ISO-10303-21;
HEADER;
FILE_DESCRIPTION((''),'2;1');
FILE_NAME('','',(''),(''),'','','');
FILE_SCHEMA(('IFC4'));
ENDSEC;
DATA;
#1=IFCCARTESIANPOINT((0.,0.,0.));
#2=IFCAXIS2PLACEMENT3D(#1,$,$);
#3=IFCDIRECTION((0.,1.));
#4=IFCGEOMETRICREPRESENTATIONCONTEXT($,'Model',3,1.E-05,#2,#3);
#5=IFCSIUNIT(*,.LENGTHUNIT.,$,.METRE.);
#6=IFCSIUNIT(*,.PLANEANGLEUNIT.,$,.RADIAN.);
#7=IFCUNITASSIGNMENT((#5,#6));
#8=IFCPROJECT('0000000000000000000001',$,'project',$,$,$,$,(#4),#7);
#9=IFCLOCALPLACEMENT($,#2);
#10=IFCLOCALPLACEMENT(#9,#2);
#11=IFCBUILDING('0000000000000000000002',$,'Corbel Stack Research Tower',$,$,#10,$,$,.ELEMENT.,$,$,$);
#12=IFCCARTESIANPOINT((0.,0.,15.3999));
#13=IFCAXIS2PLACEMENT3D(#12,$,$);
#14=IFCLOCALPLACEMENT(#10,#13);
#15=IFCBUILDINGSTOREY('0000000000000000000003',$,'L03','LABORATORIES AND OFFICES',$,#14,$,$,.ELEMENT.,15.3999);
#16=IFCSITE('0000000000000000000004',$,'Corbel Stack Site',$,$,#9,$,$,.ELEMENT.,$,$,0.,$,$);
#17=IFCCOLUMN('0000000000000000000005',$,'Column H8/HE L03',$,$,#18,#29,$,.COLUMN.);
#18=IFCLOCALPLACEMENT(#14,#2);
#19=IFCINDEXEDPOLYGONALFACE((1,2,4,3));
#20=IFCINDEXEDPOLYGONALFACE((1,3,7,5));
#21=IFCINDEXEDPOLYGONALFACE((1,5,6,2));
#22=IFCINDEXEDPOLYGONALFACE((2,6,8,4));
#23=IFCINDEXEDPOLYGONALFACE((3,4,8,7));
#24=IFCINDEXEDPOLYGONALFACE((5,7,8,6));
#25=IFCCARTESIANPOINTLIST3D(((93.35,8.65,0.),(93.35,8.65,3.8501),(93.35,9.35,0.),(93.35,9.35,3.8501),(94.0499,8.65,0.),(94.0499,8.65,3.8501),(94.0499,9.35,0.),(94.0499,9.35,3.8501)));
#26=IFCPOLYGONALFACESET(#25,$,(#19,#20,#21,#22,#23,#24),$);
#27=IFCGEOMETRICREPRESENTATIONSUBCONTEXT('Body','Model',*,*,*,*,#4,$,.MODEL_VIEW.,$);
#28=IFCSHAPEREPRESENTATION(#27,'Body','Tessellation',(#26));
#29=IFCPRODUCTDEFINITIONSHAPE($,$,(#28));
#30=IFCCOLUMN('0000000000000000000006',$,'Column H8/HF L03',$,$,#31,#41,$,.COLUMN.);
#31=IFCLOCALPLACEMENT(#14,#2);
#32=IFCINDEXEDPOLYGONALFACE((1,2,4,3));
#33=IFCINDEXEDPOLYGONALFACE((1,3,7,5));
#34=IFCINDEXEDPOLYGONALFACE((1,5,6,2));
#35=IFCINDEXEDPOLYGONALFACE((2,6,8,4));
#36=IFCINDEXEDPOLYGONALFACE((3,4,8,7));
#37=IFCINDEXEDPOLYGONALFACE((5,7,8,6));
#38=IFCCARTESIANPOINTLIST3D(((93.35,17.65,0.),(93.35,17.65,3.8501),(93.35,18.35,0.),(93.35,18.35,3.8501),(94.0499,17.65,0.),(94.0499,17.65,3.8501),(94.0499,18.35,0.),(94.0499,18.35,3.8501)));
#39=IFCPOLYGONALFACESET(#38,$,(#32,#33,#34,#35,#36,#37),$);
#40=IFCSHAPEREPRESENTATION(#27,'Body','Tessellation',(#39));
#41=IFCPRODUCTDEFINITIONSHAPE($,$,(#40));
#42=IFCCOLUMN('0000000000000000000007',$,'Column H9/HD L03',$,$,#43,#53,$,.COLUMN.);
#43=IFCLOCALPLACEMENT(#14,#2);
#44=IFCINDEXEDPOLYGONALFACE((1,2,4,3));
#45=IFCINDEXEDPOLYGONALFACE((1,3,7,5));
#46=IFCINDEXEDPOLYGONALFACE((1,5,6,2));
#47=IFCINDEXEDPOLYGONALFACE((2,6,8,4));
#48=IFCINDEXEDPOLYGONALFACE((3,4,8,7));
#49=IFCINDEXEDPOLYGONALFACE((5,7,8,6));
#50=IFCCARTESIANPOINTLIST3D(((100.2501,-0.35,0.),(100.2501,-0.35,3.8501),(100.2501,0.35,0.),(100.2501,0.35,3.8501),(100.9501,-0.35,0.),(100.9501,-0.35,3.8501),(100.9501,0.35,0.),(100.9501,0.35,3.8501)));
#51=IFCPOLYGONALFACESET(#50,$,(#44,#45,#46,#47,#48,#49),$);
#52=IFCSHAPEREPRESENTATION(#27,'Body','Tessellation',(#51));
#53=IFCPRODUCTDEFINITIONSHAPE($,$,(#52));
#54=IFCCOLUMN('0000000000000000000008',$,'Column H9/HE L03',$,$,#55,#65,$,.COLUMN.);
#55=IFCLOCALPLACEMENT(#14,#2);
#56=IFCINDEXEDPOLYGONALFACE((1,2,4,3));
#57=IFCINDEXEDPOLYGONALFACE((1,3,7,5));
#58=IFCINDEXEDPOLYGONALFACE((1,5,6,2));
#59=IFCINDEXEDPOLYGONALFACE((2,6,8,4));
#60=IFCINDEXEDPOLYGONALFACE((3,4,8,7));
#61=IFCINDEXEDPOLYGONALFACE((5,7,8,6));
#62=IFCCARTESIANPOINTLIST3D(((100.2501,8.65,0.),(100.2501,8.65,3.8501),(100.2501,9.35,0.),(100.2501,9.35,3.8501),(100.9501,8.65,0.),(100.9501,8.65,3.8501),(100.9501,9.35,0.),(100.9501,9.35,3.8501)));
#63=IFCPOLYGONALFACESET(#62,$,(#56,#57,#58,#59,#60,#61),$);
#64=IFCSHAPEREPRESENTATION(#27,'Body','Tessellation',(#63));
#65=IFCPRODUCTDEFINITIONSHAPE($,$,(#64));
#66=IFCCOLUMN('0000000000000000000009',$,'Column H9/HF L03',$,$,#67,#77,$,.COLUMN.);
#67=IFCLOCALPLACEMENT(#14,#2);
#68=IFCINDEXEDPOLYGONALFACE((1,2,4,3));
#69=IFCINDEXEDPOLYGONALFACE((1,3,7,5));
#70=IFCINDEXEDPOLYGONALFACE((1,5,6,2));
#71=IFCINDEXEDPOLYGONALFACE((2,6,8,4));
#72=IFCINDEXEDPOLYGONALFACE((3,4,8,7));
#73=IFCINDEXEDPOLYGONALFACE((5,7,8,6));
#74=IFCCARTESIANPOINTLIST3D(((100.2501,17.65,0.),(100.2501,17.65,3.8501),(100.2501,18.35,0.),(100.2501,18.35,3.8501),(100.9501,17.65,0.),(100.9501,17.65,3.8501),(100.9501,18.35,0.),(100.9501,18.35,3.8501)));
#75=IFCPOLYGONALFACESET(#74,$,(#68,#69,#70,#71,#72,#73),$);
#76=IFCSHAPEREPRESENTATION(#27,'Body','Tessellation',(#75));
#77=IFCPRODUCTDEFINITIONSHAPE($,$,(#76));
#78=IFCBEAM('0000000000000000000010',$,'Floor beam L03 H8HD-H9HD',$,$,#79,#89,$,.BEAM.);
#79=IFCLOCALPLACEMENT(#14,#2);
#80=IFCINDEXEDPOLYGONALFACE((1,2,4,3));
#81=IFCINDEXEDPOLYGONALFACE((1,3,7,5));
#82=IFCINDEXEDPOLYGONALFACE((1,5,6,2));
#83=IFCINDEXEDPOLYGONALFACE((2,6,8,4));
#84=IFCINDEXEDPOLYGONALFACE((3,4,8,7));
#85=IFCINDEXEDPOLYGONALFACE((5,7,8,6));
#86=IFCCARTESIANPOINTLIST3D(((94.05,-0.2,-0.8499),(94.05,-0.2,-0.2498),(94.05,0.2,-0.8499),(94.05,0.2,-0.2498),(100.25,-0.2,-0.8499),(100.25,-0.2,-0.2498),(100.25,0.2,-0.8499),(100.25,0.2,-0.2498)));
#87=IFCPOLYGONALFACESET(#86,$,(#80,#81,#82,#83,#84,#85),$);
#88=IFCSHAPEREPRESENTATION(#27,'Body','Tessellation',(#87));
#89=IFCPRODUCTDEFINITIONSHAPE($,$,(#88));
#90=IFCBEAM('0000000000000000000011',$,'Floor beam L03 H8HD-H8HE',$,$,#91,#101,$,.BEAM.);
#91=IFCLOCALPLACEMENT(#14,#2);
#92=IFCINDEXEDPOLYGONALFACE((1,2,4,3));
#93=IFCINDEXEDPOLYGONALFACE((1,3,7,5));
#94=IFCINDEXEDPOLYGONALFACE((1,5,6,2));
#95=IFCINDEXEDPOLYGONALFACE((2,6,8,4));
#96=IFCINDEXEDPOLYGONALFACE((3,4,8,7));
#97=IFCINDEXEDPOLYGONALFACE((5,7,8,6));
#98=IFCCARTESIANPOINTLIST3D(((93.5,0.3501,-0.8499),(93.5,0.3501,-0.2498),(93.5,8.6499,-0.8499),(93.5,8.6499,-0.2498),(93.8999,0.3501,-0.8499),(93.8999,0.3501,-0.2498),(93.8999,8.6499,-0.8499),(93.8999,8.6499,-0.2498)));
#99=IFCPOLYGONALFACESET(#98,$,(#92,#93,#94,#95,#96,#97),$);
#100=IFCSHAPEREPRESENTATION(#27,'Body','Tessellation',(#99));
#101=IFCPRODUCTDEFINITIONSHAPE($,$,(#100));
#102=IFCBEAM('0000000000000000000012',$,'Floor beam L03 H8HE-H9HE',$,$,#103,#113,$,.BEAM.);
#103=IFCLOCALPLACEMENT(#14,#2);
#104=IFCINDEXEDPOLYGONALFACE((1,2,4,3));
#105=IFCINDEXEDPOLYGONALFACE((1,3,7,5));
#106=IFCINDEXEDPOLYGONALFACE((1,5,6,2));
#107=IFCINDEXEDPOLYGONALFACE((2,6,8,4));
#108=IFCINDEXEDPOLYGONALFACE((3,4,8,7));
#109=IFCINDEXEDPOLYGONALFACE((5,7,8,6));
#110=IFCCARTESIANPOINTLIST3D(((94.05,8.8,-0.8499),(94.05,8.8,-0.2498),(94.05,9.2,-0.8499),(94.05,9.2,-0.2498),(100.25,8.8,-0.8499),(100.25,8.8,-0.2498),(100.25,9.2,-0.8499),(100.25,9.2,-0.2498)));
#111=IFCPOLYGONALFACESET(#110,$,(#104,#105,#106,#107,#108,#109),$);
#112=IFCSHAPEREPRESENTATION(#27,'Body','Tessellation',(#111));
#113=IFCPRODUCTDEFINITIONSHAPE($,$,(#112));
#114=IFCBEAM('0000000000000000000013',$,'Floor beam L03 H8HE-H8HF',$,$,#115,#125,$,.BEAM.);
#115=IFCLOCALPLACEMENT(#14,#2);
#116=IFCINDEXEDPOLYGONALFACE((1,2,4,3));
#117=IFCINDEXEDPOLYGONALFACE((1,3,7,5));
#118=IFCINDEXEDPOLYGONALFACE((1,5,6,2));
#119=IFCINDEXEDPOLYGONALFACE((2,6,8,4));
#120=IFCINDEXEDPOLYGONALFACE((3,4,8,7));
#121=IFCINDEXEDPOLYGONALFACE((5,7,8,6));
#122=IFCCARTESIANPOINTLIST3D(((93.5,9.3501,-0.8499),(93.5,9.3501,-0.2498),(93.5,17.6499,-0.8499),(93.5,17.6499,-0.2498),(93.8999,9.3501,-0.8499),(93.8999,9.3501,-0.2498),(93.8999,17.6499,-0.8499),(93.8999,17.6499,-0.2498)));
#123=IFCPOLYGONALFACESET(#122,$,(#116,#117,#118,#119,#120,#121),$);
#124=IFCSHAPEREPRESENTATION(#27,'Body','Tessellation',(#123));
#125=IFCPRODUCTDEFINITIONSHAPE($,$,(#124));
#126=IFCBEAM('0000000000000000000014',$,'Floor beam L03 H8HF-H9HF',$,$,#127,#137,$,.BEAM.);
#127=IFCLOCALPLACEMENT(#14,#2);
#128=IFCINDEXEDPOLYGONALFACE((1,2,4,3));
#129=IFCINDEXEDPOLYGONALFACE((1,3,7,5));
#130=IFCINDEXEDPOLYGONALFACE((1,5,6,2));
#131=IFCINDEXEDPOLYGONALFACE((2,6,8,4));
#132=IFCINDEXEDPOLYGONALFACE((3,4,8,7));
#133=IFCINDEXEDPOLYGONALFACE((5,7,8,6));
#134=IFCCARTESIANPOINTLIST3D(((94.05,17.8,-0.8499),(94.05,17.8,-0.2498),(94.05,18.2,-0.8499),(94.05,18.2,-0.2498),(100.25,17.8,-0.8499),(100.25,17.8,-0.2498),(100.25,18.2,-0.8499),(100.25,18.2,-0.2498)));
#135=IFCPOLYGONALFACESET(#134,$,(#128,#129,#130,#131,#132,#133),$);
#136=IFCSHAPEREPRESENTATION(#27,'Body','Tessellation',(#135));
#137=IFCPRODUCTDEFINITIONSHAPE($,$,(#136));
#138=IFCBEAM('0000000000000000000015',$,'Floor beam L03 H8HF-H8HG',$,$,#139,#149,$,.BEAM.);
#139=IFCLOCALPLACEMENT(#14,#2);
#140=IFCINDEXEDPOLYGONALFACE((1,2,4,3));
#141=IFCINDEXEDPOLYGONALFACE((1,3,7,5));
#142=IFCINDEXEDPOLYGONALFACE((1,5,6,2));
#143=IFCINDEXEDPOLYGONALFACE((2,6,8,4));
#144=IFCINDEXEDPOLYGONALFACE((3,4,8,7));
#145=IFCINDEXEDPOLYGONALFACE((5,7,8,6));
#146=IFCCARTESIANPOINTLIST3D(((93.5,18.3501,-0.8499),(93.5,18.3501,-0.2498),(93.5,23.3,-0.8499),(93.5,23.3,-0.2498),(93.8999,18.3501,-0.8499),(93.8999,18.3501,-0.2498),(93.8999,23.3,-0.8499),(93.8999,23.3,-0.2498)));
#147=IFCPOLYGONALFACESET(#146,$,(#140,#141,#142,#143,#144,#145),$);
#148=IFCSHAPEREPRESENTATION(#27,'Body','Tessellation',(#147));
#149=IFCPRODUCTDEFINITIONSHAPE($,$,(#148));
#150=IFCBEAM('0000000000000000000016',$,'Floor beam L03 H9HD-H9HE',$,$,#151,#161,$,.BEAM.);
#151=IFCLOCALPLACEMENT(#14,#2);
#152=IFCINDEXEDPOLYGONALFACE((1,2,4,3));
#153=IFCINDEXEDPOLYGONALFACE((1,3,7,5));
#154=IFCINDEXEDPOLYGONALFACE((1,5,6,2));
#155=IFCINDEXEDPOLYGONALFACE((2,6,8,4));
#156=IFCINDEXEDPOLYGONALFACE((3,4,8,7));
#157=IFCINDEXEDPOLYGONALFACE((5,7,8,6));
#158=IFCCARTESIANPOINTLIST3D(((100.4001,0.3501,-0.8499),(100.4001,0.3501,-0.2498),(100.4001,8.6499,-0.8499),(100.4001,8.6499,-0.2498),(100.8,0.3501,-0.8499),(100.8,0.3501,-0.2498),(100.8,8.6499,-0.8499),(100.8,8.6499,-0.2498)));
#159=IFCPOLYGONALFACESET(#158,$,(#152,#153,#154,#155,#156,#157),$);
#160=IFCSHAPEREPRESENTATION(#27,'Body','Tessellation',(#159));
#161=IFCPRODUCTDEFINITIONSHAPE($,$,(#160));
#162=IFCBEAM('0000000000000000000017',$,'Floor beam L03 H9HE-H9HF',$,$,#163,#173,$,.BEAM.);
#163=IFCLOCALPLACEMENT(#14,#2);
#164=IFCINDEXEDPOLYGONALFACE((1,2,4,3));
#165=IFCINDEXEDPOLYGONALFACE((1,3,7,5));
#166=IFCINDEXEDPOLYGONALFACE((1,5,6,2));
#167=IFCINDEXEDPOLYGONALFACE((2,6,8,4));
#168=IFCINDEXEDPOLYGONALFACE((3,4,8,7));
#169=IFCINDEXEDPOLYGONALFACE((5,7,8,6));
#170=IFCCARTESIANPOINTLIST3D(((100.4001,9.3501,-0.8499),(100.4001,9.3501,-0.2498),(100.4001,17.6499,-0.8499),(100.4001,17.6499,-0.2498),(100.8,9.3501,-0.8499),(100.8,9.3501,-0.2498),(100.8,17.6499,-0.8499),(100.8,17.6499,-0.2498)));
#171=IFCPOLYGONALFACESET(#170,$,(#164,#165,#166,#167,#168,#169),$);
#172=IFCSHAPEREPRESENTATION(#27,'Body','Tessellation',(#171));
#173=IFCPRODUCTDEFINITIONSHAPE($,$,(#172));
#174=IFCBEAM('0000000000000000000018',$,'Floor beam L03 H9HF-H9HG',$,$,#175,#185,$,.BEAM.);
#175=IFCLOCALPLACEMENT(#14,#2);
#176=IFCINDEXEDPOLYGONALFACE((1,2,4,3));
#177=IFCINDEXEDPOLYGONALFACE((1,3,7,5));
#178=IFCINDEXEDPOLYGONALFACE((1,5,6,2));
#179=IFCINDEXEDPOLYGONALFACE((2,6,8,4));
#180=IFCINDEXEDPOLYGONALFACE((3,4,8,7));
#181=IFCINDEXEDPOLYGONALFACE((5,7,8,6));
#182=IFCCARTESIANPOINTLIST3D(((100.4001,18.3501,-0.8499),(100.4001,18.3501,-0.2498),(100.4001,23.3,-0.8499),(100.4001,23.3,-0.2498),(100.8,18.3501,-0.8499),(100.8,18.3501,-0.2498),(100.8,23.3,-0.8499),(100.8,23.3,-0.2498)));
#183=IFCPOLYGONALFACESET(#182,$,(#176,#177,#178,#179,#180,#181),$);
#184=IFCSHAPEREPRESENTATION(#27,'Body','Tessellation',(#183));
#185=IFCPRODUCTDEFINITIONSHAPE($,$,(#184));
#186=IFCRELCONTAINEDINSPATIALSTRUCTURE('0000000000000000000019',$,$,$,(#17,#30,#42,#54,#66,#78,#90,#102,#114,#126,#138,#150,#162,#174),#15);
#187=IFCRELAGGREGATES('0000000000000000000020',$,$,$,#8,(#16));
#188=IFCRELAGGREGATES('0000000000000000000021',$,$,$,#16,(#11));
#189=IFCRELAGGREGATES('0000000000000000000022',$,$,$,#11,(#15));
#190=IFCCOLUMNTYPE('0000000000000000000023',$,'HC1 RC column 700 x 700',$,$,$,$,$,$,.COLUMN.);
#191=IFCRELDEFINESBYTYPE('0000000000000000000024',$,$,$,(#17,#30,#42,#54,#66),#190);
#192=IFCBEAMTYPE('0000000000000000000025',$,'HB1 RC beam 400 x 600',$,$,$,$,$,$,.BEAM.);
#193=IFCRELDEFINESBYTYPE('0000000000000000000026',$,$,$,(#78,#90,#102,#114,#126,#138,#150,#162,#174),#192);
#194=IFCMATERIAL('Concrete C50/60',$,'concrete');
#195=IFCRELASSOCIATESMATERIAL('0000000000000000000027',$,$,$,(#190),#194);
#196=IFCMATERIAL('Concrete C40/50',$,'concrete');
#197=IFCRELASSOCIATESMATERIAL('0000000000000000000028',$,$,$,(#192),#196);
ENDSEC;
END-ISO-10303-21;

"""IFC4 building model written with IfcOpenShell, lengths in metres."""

from ifc_helpers import new_model, si_unit, direction, frame, origin, origin_2d, place, context, subcontext, project, spatial, rectangle, extrude, material, material_profile, profile_set, type_object, element, save


model = new_model("IFC4")

# Units and contexts
model_context = context("Model", 3, precision=1e-05, world=origin(), true_north=direction((0.0, 1.0)))
body_context = subcontext(model_context, "Body", "Model", "MODEL_VIEW")
ifc_project = project(units=[si_unit("LENGTHUNIT", "METRE"), si_unit("PLANEANGLEUNIT", "RADIAN")], contexts=[model_context])

# Site, building, storey
site_placement = place(None, origin())
site = spatial("IfcSite", under=ifc_project, at=site_placement, Name="Corbel Stack Site", CompositionType="ELEMENT", RefElevation=0.0)
building_placement = place(site_placement, origin())
building = spatial("IfcBuilding", under=site, at=building_placement, Name="Corbel Stack Research Tower", CompositionType="ELEMENT")
storey_placement = place(building_placement, frame((0.0, 0.0, 15.3999)))
storey = spatial("IfcBuildingStorey", under=building, at=storey_placement, Name="L03", Description="LABORATORIES AND OFFICES", CompositionType="ELEMENT", Elevation=15.3999)

# Columns
ifc_material_1 = material(Name="Concrete C50/60", Category="concrete")
ifc_material_profile_1 = material_profile(ifc_material_1, rectangle(XDim=0.7, YDim=0.7, at=origin_2d()), Name="RC 700 x 700")
ifc_profile_set_1 = profile_set([ifc_material_profile_1], Name="Concrete C50/60")
column_type = type_object("IfcColumnType", Name="HC1 RC column 700 x 700", PredefinedType="COLUMN", material=ifc_profile_set_1)
for number, where, z_axis, x_axis, name in (
    (1, (93.7, 9.0, 0.0), (0.0, 0.0, 1.0), (1.0, 0.0, 0.0), "Column H8/HE L03"),
    (2, (93.7, 18.0, 0.0), (0.0, 0.0, 1.0), (1.0, 0.0, 0.0), "Column H8/HF L03"),
    (3, (100.6001, 0.0, 0.0), (0.0, 0.0, 1.0), (1.0, 0.0, 0.0), "Column H9/HD L03"),
    (4, (100.6001, 9.0, 0.0), (0.0, 0.0, 1.0), (1.0, 0.0, 0.0), "Column H9/HE L03"),
    (5, (100.6001, 18.0, 0.0), (0.0, 0.0, 1.0), (1.0, 0.0, 0.0), "Column H9/HF L03"),
):
    element("IfcColumn", number, at=place(storey_placement, frame(where, z_axis=z_axis, x_axis=x_axis)), inside=storey, type_object=column_type, Name=name, PredefinedType="COLUMN", context=body_context, shape_type="SweptSolid", body=[
        extrude(rectangle(XDim=0.7, YDim=0.7, at=origin_2d()), origin(), (0.0, 0.0, 1.0), 3.8501),
    ])

# Beams
ifc_material_2 = material(Name="Concrete C40/50", Category="concrete")
ifc_material_profile_2 = material_profile(ifc_material_2, rectangle(XDim=0.3999, YDim=0.6001, at=origin_2d()), Name="RC 400 x 600")
ifc_profile_set_2 = profile_set([ifc_material_profile_2], Name="Concrete C40/50")
beam_type = type_object("IfcBeamType", Name="HB1 RC beam 400 x 600", PredefinedType="BEAM", material=ifc_profile_set_2)
beam_1_placement = place(storey_placement, frame((94.05, 0.0, -0.5498), z_axis=(1.0, 0.0, 0.0), x_axis=(0.0, 1.0, 0.0)))
element("IfcBeam", 6, at=beam_1_placement, inside=storey, type_object=beam_type, Name="Floor beam L03 H8HD-H9HD", PredefinedType="BEAM", context=body_context, shape_type="SweptSolid", body=[
    extrude(rectangle(XDim=0.3999, YDim=0.6001, at=origin_2d()), origin(), (0.0, 0.0, 1.0), 6.2),
])
beam_2_placement = place(storey_placement, frame((93.7, 0.3501, -0.5498), z_axis=(0.0, 1.0, 0.0), x_axis=(-1.0, 0.0, 0.0)))
element("IfcBeam", 7, at=beam_2_placement, inside=storey, type_object=beam_type, Name="Floor beam L03 H8HD-H8HE", PredefinedType="BEAM", context=body_context, shape_type="SweptSolid", body=[
    extrude(rectangle(XDim=0.3999, YDim=0.6001, at=origin_2d()), origin(), (0.0, 0.0, 1.0), 8.2998),
])
beam_3_placement = place(storey_placement, frame((94.05, 9.0, -0.5498), z_axis=(1.0, 0.0, 0.0), x_axis=(0.0, 1.0, 0.0)))
element("IfcBeam", 8, at=beam_3_placement, inside=storey, type_object=beam_type, Name="Floor beam L03 H8HE-H9HE", PredefinedType="BEAM", context=body_context, shape_type="SweptSolid", body=[
    extrude(rectangle(XDim=0.3999, YDim=0.6001, at=origin_2d()), origin(), (0.0, 0.0, 1.0), 6.2),
])
beam_4_placement = place(storey_placement, frame((93.7, 9.3501, -0.5498), z_axis=(0.0, 1.0, 0.0), x_axis=(-1.0, 0.0, 0.0)))
element("IfcBeam", 9, at=beam_4_placement, inside=storey, type_object=beam_type, Name="Floor beam L03 H8HE-H8HF", PredefinedType="BEAM", context=body_context, shape_type="SweptSolid", body=[
    extrude(rectangle(XDim=0.3999, YDim=0.6001, at=origin_2d()), origin(), (0.0, 0.0, 1.0), 8.2998),
])
beam_5_placement = place(storey_placement, frame((94.05, 18.0, -0.5498), z_axis=(1.0, 0.0, 0.0), x_axis=(0.0, 1.0, 0.0)))
element("IfcBeam", 10, at=beam_5_placement, inside=storey, type_object=beam_type, Name="Floor beam L03 H8HF-H9HF", PredefinedType="BEAM", context=body_context, shape_type="SweptSolid", body=[
    extrude(rectangle(XDim=0.3999, YDim=0.6001, at=origin_2d()), origin(), (0.0, 0.0, 1.0), 6.2),
])
beam_6_placement = place(storey_placement, frame((93.7, 18.3501, -0.5498), z_axis=(0.0, 1.0, 0.0), x_axis=(-1.0, 0.0, 0.0)))
element("IfcBeam", 11, at=beam_6_placement, inside=storey, type_object=beam_type, Name="Floor beam L03 H8HF-H8HG", PredefinedType="BEAM", context=body_context, shape_type="SweptSolid", body=[
    extrude(rectangle(XDim=0.3999, YDim=0.6001, at=origin_2d()), origin(), (0.0, 0.0, 1.0), 4.95),
])
for number, where, z_axis, x_axis, name in (
    (12, (100.6001, 0.3501, -0.5498), (0.0, 1.0, 0.0), (-1.0, 0.0, 0.0), "Floor beam L03 H9HD-H9HE"),
    (13, (100.6001, 9.3501, -0.5498), (0.0, 1.0, 0.0), (-1.0, 0.0, 0.0), "Floor beam L03 H9HE-H9HF"),
):
    element("IfcBeam", number, at=place(storey_placement, frame(where, z_axis=z_axis, x_axis=x_axis)), inside=storey, type_object=beam_type, Name=name, PredefinedType="BEAM", context=body_context, shape_type="SweptSolid", body=[
        extrude(rectangle(XDim=0.3999, YDim=0.6001, at=origin_2d()), origin(), (0.0, 0.0, 1.0), 8.2998),
    ])
beam_7_placement = place(storey_placement, frame((100.6001, 18.3501, -0.5498), z_axis=(0.0, 1.0, 0.0), x_axis=(-1.0, 0.0, 0.0)))
element("IfcBeam", 14, at=beam_7_placement, inside=storey, type_object=beam_type, Name="Floor beam L03 H9HF-H9HG", PredefinedType="BEAM", context=body_context, shape_type="SweptSolid", body=[
    extrude(rectangle(XDim=0.3999, YDim=0.6001, at=origin_2d()), origin(), (0.0, 0.0, 1.0), 4.95),
])

save(model, "model.ifc")
